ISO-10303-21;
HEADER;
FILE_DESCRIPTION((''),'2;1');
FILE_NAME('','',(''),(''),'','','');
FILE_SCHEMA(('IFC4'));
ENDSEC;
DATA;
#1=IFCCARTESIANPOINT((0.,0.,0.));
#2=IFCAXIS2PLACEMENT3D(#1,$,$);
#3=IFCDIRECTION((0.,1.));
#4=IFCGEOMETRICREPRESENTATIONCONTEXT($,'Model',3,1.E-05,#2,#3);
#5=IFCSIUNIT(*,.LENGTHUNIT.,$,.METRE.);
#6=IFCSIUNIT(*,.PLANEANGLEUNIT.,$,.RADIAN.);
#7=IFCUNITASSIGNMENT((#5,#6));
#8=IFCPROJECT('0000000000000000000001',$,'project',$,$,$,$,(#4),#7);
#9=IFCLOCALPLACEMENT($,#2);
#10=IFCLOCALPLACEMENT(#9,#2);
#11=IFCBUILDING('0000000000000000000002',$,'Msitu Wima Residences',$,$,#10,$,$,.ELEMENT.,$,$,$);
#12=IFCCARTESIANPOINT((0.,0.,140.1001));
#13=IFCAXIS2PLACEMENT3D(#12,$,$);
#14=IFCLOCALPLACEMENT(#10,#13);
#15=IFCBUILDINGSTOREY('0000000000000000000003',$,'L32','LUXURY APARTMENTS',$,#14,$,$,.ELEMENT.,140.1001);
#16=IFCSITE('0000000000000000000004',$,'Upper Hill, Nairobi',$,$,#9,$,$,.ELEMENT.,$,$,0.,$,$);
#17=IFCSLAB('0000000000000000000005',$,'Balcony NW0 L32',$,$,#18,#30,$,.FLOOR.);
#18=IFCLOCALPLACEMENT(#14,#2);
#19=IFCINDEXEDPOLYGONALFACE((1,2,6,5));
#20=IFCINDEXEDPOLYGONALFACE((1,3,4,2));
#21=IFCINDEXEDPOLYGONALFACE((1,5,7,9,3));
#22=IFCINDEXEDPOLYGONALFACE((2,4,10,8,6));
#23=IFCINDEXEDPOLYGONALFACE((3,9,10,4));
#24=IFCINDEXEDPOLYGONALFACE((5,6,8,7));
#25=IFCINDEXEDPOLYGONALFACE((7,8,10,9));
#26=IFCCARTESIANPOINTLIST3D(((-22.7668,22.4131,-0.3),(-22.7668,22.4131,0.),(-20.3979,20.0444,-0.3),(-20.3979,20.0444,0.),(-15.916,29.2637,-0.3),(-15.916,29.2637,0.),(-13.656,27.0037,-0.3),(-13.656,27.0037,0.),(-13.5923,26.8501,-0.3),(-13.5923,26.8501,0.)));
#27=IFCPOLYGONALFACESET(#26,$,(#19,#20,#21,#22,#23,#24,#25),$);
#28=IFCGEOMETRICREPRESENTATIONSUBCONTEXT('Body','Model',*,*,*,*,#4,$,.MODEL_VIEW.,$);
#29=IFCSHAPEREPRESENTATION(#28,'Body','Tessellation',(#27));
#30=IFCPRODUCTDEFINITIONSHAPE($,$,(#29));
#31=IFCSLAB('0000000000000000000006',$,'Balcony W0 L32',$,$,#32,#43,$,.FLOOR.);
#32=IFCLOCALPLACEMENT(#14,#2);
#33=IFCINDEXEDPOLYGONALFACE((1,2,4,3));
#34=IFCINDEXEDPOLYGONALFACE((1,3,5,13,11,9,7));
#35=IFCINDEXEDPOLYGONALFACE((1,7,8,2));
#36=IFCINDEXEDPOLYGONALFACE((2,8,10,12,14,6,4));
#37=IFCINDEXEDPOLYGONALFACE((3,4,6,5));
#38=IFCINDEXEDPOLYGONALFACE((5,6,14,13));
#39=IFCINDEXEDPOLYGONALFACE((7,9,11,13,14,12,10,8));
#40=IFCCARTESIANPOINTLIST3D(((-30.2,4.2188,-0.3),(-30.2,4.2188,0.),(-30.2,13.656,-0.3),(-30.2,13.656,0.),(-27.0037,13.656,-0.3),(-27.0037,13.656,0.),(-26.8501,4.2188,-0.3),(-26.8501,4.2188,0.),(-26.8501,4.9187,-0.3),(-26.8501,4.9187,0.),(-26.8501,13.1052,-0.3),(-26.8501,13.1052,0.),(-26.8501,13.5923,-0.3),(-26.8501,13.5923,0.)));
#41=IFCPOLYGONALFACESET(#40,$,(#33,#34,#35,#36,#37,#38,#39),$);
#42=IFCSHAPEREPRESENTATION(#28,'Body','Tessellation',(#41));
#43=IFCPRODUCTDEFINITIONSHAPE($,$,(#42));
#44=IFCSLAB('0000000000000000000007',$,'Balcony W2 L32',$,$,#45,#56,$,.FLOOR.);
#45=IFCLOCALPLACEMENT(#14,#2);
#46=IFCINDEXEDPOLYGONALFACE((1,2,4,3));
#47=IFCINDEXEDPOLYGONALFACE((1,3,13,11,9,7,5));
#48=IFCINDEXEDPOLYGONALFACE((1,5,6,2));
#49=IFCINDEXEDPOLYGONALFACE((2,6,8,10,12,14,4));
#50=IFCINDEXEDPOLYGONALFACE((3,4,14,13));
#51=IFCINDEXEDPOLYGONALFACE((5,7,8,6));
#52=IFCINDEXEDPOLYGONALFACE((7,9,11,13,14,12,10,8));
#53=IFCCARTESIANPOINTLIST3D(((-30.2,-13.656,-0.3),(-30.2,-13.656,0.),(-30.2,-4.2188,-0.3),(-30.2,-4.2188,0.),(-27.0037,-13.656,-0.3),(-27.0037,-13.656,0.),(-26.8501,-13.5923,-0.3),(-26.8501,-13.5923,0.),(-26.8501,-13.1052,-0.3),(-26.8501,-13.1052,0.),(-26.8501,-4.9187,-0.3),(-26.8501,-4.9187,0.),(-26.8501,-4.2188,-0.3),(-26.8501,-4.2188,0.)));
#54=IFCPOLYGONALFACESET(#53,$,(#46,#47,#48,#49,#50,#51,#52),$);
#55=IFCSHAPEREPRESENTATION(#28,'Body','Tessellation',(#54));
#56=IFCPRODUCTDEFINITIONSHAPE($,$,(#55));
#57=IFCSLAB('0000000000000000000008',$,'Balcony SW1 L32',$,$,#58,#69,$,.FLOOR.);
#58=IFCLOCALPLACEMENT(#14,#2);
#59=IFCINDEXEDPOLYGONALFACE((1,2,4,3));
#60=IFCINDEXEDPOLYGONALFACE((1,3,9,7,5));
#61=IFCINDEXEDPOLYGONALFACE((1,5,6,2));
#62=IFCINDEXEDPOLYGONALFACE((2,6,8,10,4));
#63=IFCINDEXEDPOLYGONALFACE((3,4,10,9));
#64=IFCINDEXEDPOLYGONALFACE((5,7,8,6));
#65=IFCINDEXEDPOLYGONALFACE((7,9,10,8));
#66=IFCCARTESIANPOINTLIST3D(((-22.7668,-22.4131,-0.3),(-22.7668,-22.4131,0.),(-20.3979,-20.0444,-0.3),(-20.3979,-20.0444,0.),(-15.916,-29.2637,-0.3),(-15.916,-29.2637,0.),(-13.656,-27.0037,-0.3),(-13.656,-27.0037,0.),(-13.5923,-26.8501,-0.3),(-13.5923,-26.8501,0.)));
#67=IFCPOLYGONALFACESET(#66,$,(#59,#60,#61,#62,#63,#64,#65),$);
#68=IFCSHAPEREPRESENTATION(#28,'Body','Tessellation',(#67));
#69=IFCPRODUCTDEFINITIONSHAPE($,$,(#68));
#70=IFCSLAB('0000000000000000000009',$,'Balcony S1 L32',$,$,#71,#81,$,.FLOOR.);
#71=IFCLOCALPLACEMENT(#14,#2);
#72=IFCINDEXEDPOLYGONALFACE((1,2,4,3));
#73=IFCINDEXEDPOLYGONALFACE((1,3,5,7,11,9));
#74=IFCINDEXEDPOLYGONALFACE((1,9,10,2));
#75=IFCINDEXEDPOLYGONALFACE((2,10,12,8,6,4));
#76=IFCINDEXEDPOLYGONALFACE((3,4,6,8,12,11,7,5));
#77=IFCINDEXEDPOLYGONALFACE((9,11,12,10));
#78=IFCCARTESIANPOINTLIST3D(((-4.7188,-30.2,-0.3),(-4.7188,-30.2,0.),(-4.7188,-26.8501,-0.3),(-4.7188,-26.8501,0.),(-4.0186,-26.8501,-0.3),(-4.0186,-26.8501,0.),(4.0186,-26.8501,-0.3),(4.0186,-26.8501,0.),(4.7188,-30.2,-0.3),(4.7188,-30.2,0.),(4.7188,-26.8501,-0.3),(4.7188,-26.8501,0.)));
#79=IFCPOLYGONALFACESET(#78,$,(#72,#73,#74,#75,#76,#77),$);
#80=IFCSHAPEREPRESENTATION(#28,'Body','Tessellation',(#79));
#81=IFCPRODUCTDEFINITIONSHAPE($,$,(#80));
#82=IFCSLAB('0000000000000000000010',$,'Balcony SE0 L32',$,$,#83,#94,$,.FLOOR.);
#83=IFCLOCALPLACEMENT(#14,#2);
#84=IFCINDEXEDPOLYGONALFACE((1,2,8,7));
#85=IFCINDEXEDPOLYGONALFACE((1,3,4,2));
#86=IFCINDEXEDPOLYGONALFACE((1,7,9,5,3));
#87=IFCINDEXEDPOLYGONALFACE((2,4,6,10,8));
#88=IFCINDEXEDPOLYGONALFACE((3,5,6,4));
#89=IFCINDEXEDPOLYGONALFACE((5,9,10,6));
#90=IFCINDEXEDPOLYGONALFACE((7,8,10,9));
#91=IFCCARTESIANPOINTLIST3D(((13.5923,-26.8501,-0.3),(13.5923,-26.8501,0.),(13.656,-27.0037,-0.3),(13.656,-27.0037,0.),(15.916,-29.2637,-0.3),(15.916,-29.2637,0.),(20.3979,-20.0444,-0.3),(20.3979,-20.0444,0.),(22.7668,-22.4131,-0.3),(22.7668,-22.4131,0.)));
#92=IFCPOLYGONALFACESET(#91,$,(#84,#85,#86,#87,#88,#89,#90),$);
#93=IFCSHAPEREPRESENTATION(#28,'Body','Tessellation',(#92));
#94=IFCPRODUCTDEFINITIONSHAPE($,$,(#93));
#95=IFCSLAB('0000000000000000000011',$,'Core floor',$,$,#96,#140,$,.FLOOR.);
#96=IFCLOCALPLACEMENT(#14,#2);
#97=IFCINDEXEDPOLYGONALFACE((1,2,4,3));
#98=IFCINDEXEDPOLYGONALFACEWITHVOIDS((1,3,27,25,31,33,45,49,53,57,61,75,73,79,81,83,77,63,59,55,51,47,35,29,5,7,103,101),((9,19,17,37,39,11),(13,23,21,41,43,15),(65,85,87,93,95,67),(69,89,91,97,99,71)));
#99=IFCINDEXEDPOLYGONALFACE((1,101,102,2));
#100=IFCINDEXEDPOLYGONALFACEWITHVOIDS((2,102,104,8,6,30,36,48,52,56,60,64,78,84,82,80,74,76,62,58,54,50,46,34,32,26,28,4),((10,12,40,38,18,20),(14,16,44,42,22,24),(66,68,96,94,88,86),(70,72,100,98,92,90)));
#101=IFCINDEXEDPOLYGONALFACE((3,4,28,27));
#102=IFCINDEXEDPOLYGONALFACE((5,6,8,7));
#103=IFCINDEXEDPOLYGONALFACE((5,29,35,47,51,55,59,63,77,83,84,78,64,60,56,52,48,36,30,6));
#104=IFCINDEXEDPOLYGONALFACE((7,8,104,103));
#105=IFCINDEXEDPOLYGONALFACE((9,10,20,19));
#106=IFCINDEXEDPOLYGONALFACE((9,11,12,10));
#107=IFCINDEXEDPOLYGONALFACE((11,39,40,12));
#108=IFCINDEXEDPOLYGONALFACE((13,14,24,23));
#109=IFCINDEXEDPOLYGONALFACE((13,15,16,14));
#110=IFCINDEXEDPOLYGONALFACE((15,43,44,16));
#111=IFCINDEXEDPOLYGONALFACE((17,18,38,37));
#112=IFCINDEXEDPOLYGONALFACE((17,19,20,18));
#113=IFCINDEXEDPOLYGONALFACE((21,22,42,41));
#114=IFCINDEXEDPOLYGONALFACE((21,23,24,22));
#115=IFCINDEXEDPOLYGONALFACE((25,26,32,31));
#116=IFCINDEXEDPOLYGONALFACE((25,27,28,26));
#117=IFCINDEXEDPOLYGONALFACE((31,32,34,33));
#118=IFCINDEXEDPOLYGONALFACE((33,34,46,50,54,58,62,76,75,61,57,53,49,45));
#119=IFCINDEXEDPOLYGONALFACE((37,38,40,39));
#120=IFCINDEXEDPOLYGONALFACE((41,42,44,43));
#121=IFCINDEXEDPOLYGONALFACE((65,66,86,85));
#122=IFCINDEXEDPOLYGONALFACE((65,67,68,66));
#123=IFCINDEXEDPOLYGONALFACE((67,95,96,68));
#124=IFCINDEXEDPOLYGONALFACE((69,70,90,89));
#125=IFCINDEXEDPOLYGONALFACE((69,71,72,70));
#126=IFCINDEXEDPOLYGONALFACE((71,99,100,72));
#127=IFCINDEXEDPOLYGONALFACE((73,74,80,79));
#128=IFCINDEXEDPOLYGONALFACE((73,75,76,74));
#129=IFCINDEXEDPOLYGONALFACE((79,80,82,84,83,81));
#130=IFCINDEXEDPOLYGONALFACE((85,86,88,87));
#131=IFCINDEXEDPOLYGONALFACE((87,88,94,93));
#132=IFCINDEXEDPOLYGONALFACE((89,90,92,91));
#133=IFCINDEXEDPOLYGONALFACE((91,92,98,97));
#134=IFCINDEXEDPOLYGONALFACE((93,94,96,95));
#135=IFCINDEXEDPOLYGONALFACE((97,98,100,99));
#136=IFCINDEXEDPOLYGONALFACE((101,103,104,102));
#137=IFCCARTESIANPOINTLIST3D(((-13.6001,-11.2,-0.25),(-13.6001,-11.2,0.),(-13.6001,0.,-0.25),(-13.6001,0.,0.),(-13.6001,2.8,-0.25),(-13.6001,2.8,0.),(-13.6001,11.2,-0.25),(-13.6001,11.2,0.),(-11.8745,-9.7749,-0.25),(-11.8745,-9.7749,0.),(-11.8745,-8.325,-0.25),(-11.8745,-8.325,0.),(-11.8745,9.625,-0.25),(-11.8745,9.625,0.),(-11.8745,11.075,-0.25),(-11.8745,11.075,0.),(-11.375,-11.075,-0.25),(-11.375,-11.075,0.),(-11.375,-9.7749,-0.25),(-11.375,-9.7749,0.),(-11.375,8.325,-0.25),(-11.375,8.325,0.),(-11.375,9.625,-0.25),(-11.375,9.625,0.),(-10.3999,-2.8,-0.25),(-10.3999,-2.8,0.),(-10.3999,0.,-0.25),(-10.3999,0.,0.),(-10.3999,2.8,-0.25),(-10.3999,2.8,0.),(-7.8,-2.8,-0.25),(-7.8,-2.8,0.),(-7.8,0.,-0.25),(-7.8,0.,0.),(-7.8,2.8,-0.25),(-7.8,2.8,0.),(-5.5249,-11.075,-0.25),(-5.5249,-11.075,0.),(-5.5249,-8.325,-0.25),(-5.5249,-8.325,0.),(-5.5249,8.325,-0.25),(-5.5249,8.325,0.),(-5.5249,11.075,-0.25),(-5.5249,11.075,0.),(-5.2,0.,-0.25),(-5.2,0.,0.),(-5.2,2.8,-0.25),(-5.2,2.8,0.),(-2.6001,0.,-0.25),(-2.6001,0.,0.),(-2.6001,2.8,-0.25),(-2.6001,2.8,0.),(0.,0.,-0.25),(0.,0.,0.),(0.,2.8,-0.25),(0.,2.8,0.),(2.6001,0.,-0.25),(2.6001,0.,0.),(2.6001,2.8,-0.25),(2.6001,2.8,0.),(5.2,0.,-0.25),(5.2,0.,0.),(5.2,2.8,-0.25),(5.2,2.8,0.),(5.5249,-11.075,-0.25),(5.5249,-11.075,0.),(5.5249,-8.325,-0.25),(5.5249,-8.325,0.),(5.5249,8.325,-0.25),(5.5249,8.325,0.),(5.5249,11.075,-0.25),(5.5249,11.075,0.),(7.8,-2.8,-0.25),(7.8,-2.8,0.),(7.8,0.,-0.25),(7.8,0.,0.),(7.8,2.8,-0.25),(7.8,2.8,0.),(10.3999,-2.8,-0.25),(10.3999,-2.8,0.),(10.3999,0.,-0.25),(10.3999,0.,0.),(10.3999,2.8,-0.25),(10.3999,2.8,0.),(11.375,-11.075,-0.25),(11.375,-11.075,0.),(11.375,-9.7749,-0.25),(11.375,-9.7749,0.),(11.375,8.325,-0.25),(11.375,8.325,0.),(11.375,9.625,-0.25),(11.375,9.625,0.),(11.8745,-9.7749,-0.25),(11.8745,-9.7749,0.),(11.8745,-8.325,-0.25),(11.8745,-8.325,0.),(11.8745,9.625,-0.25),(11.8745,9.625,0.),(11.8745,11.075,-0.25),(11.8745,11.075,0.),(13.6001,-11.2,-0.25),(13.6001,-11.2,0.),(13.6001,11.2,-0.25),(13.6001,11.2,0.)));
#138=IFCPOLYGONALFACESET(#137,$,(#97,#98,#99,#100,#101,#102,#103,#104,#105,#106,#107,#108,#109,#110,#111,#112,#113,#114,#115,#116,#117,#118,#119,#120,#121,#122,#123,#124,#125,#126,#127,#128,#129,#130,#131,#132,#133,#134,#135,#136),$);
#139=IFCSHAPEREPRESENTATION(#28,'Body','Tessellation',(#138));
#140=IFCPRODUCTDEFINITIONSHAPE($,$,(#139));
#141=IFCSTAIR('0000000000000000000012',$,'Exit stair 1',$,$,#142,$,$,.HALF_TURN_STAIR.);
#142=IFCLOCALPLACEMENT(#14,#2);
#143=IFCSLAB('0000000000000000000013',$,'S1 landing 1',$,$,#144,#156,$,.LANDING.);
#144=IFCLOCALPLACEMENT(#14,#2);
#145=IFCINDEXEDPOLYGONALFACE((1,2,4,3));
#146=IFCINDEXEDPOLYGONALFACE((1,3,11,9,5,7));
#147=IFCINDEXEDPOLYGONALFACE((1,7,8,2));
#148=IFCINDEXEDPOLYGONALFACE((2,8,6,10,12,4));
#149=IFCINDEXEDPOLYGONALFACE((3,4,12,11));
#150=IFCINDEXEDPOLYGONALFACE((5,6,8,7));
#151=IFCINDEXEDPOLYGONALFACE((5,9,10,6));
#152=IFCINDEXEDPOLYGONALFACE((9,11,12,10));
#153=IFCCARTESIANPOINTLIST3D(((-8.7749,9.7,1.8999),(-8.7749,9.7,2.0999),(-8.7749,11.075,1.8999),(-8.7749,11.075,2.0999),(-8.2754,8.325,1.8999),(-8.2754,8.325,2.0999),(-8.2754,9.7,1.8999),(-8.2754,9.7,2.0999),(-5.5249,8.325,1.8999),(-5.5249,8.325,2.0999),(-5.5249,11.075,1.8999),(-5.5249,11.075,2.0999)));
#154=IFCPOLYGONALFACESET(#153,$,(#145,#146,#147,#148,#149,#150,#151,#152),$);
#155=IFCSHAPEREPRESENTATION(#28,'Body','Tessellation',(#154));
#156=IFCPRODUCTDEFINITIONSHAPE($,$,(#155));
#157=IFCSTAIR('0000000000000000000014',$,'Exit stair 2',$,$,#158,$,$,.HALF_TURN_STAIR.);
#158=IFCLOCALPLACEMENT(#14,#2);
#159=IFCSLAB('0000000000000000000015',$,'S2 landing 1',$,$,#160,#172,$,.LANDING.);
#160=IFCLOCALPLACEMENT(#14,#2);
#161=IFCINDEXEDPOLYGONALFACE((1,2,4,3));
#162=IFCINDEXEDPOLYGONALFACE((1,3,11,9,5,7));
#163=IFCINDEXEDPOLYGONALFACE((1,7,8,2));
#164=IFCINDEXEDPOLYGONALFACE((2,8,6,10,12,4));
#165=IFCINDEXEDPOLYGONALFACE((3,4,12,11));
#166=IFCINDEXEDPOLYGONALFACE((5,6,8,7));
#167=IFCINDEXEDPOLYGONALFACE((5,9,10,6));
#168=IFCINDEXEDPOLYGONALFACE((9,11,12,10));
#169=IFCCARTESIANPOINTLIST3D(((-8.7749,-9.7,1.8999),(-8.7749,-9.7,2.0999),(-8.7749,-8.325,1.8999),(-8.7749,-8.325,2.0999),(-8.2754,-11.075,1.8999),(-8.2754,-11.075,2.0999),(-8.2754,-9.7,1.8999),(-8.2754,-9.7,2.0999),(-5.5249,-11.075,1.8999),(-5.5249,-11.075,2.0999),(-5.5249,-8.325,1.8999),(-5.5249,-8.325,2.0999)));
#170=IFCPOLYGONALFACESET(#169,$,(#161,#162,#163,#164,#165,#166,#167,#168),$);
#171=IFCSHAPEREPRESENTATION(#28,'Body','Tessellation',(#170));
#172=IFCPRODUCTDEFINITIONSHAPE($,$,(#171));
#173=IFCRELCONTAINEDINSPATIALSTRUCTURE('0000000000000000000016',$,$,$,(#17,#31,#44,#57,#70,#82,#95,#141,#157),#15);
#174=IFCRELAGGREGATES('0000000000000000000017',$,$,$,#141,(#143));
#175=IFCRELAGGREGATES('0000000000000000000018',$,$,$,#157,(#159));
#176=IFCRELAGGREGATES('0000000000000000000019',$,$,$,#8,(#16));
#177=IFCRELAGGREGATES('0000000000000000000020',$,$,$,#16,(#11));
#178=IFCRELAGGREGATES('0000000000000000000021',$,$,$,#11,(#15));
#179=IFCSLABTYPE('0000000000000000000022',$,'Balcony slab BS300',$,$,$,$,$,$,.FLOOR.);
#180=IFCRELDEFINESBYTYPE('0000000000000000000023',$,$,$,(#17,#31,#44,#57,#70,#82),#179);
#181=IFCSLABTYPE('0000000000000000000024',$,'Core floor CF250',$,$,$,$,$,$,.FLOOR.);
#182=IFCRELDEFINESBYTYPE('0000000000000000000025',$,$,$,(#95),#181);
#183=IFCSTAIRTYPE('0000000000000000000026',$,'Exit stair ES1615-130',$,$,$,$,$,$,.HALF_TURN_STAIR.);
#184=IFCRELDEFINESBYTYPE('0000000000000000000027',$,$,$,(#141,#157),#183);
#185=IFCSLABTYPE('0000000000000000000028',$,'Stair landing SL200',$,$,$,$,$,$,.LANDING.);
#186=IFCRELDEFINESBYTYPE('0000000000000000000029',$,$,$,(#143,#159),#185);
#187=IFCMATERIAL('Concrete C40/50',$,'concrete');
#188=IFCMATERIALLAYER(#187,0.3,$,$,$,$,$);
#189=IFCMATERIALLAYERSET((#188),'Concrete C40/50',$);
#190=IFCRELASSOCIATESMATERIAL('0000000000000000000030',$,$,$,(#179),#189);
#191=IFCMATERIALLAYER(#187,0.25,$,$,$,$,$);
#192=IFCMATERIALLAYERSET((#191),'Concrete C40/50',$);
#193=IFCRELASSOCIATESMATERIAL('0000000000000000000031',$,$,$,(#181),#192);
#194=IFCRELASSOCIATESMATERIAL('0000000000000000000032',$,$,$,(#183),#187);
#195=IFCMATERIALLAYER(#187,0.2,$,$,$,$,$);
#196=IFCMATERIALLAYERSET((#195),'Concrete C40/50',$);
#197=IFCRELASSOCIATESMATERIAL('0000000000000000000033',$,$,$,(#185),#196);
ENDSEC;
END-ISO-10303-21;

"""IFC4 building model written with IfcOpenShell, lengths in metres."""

from ifc_helpers import new_model, si_unit, direction, frame, origin, place, context, subcontext, project, spatial, polyline, outline, extrude, material, layer, layer_set, type_object, element, aggregate, save


model = new_model("IFC4")

# Units and contexts
model_context = context("Model", 3, precision=1e-05, world=origin(), true_north=direction((0.0, 1.0)))
body_context = subcontext(model_context, "Body", "Model", "MODEL_VIEW")
ifc_project = project(units=[si_unit("LENGTHUNIT", "METRE"), si_unit("PLANEANGLEUNIT", "RADIAN")], contexts=[model_context])

# Site, building, storey
site_placement = place(None, origin())
site = spatial("IfcSite", under=ifc_project, at=site_placement, Name="Upper Hill, Nairobi", CompositionType="ELEMENT", RefElevation=0.0)
building_placement = place(site_placement, origin())
building = spatial("IfcBuilding", under=site, at=building_placement, Name="Msitu Wima Residences", CompositionType="ELEMENT")
storey_placement = place(building_placement, frame((0.0, 0.0, 140.1001)))
storey = spatial("IfcBuildingStorey", under=building, at=storey_placement, Name="L32", Description="LUXURY APARTMENTS", CompositionType="ELEMENT", Elevation=140.1001)

# Slabs
ifc_material_1 = material(Name="Concrete C40/50", Category="concrete")
ifc_layer_1 = layer(ifc_material_1, 0.3)
ifc_layer_set_1 = layer_set([ifc_layer_1], Name="Concrete C40/50")
slab_type_1 = type_object("IfcSlabType", Name="Balcony slab BS300", PredefinedType="FLOOR", material=ifc_layer_set_1)
slab_1_placement = place(storey_placement, frame((0.0, 0.0, -0.3)))
element("IfcSlab", 1, at=slab_1_placement, inside=storey, type_object=slab_type_1, Name="Balcony NW0 L32", PredefinedType="FLOOR", context=body_context, shape_type="SweptSolid", body=[
    extrude(outline(polyline([(-22.7668, 22.4131), (-15.916, 29.2637), (-13.656, 27.0037), (-13.5923, 26.8501), (-20.3979, 20.0444), (-22.7668, 22.4131)])), origin(), (0.0, 0.0, 1.0), 0.3),
])
slab_2_placement = place(storey_placement, frame((0.0, 0.0, -0.3)))
element("IfcSlab", 2, at=slab_2_placement, inside=storey, type_object=slab_type_1, Name="Balcony W0 L32", PredefinedType="FLOOR", context=body_context, shape_type="SweptSolid", body=[
    extrude(outline(polyline([(-26.8501, 13.1052), (-26.8501, 13.1052), (-26.8501, 4.9187), (-26.8501, 4.9187), (-26.8501, 4.2188), (-30.2, 4.2188), (-30.2, 13.656), (-27.0037, 13.656), (-26.8501, 13.5923), (-26.8501, 13.1052), (-26.8501, 13.1052)])), origin(), (0.0, 0.0, 1.0), 0.3),
])
slab_3_placement = place(storey_placement, frame((0.0, 0.0, -0.3)))
element("IfcSlab", 3, at=slab_3_placement, inside=storey, type_object=slab_type_1, Name="Balcony W2 L32", PredefinedType="FLOOR", context=body_context, shape_type="SweptSolid", body=[
    extrude(outline(polyline([(-26.8501, -13.1052), (-26.8501, -13.1052), (-26.8501, -13.5923), (-27.0037, -13.656), (-30.2, -13.656), (-30.2, -4.2188), (-26.8501, -4.2188), (-26.8501, -4.9187), (-26.8501, -4.9187), (-26.8501, -13.1052), (-26.8501, -13.1052)])), origin(), (0.0, 0.0, 1.0), 0.3),
])
slab_4_placement = place(storey_placement, frame((0.0, 0.0, -0.3)))
element("IfcSlab", 4, at=slab_4_placement, inside=storey, type_object=slab_type_1, Name="Balcony SW1 L32", PredefinedType="FLOOR", context=body_context, shape_type="SweptSolid", body=[
    extrude(outline(polyline([(-15.916, -29.2637), (-22.7668, -22.4131), (-20.3979, -20.0444), (-13.5923, -26.8501), (-13.656, -27.0037), (-15.916, -29.2637)])), origin(), (0.0, 0.0, 1.0), 0.3),
])
slab_5_placement = place(storey_placement, frame((0.0, 0.0, -0.3)))
element("IfcSlab", 5, at=slab_5_placement, inside=storey, type_object=slab_type_1, Name="Balcony S1 L32", PredefinedType="FLOOR", context=body_context, shape_type="SweptSolid", body=[
    extrude(outline(polyline([(4.0186, -26.8501), (4.0186, -26.8501), (4.7188, -26.8501), (4.7188, -30.2), (-4.7188, -30.2), (-4.7188, -26.8501), (-4.0186, -26.8501), (-4.0186, -26.8501), (4.0186, -26.8501)])), origin(), (0.0, 0.0, 1.0), 0.3),
])
slab_6_placement = place(storey_placement, frame((0.0, 0.0, -0.3)))
element("IfcSlab", 6, at=slab_6_placement, inside=storey, type_object=slab_type_1, Name="Balcony SE0 L32", PredefinedType="FLOOR", context=body_context, shape_type="SweptSolid", body=[
    extrude(outline(polyline([(22.7668, -22.4131), (15.916, -29.2637), (13.656, -27.0037), (13.5923, -26.8501), (20.3979, -20.0444), (22.7668, -22.4131)])), origin(), (0.0, 0.0, 1.0), 0.3),
])
ifc_layer_2 = layer(ifc_material_1, 0.25)
ifc_layer_set_2 = layer_set([ifc_layer_2], Name="Concrete C40/50")
slab_type_2 = type_object("IfcSlabType", Name="Core floor CF250", PredefinedType="FLOOR", material=ifc_layer_set_2)
slab_7_placement = place(storey_placement, frame((0.0, 0.0, -0.25)))
element("IfcSlab", 7, at=slab_7_placement, inside=storey, type_object=slab_type_2, Name="Core floor", PredefinedType="FLOOR", context=body_context, shape_type="SweptSolid", body=[
    extrude(outline(polyline([(-13.6001, 11.2), (-13.6001, 2.8), (-10.3999, 2.8), (-7.8, 2.8), (-5.2, 2.8), (-2.6001, 2.8), (0.0, 2.8), (2.6001, 2.8), (5.2, 2.8), (7.8, 2.8), (10.3999, 2.8), (10.3999, 0.0), (10.3999, -2.8), (7.8, -2.8), (7.8, 0.0), (5.2, 0.0), (2.6001, 0.0), (0.0, 0.0), (-2.6001, 0.0), (-5.2, 0.0), (-7.8, 0.0), (-7.8, -2.8), (-10.3999, -2.8), (-10.3999, 0.0), (-13.6001, 0.0), (-13.6001, -11.2), (13.6001, -11.2), (13.6001, 11.2), (-13.6001, 11.2)]), holes=[polyline([(-11.375, -11.075), (-11.375, -9.7749), (-11.8745, -9.7749), (-11.8745, -8.325), (-5.5249, -8.325), (-5.5249, -11.075), (-11.375, -11.075)]), polyline([(-11.375, 9.625), (-11.8745, 9.625), (-11.8745, 11.075), (-5.5249, 11.075), (-5.5249, 8.325), (-11.375, 8.325), (-11.375, 9.625)]), polyline([(11.375, -9.7749), (11.375, -11.075), (5.5249, -11.075), (5.5249, -8.325), (11.8745, -8.325), (11.8745, -9.7749), (11.375, -9.7749)]), polyline([(11.375, 9.625), (11.375, 8.325), (5.5249, 8.325), (5.5249, 11.075), (11.8745, 11.075), (11.8745, 9.625), (11.375, 9.625)])]), origin(), (0.0, 0.0, 1.0), 0.25),
])

# Stairs, slabs
stair_type = type_object("IfcStairType", Name="Exit stair ES1615-130", PredefinedType="HALF_TURN_STAIR", material=ifc_material_1)
stair_1_placement = place(storey_placement, origin())
stair_1 = element("IfcStair", 8, at=stair_1_placement, inside=storey, type_object=stair_type, Name="Exit stair 1", PredefinedType="HALF_TURN_STAIR")
ifc_layer_3 = layer(ifc_material_1, 0.2)
ifc_layer_set_3 = layer_set([ifc_layer_3], Name="Concrete C40/50")
slab_type_3 = type_object("IfcSlabType", Name="Stair landing SL200", PredefinedType="LANDING", material=ifc_layer_set_3)
slab_8_placement = place(storey_placement, frame((0.0, 0.0, 1.8999)))
slab_8 = element("IfcSlab", 9, at=slab_8_placement, type_object=slab_type_3, Name="S1 landing 1", PredefinedType="LANDING", context=body_context, shape_type="SweptSolid", body=[
    extrude(outline(polyline([(-5.5249, 8.325), (-8.2754, 8.325), (-8.2754, 9.7), (-8.7749, 9.7), (-8.7749, 11.075), (-5.5249, 11.075), (-5.5249, 8.325)])), origin(), (0.0, 0.0, 1.0), 0.2),
])
aggregate(stair_1, [slab_8])
stair_2_placement = place(storey_placement, origin())
stair_2 = element("IfcStair", 10, at=stair_2_placement, inside=storey, type_object=stair_type, Name="Exit stair 2", PredefinedType="HALF_TURN_STAIR")
slab_9_placement = place(storey_placement, frame((0.0, 0.0, 1.8999)))
slab_9 = element("IfcSlab", 11, at=slab_9_placement, type_object=slab_type_3, Name="S2 landing 1", PredefinedType="LANDING", context=body_context, shape_type="SweptSolid", body=[
    extrude(outline(polyline([(-5.5249, -11.075), (-8.2754, -11.075), (-8.2754, -9.7), (-8.7749, -9.7), (-8.7749, -8.325), (-5.5249, -8.325), (-5.5249, -11.075)])), origin(), (0.0, 0.0, 1.0), 0.2),
])
aggregate(stair_2, [slab_9])

save(model, "model.ifc")
